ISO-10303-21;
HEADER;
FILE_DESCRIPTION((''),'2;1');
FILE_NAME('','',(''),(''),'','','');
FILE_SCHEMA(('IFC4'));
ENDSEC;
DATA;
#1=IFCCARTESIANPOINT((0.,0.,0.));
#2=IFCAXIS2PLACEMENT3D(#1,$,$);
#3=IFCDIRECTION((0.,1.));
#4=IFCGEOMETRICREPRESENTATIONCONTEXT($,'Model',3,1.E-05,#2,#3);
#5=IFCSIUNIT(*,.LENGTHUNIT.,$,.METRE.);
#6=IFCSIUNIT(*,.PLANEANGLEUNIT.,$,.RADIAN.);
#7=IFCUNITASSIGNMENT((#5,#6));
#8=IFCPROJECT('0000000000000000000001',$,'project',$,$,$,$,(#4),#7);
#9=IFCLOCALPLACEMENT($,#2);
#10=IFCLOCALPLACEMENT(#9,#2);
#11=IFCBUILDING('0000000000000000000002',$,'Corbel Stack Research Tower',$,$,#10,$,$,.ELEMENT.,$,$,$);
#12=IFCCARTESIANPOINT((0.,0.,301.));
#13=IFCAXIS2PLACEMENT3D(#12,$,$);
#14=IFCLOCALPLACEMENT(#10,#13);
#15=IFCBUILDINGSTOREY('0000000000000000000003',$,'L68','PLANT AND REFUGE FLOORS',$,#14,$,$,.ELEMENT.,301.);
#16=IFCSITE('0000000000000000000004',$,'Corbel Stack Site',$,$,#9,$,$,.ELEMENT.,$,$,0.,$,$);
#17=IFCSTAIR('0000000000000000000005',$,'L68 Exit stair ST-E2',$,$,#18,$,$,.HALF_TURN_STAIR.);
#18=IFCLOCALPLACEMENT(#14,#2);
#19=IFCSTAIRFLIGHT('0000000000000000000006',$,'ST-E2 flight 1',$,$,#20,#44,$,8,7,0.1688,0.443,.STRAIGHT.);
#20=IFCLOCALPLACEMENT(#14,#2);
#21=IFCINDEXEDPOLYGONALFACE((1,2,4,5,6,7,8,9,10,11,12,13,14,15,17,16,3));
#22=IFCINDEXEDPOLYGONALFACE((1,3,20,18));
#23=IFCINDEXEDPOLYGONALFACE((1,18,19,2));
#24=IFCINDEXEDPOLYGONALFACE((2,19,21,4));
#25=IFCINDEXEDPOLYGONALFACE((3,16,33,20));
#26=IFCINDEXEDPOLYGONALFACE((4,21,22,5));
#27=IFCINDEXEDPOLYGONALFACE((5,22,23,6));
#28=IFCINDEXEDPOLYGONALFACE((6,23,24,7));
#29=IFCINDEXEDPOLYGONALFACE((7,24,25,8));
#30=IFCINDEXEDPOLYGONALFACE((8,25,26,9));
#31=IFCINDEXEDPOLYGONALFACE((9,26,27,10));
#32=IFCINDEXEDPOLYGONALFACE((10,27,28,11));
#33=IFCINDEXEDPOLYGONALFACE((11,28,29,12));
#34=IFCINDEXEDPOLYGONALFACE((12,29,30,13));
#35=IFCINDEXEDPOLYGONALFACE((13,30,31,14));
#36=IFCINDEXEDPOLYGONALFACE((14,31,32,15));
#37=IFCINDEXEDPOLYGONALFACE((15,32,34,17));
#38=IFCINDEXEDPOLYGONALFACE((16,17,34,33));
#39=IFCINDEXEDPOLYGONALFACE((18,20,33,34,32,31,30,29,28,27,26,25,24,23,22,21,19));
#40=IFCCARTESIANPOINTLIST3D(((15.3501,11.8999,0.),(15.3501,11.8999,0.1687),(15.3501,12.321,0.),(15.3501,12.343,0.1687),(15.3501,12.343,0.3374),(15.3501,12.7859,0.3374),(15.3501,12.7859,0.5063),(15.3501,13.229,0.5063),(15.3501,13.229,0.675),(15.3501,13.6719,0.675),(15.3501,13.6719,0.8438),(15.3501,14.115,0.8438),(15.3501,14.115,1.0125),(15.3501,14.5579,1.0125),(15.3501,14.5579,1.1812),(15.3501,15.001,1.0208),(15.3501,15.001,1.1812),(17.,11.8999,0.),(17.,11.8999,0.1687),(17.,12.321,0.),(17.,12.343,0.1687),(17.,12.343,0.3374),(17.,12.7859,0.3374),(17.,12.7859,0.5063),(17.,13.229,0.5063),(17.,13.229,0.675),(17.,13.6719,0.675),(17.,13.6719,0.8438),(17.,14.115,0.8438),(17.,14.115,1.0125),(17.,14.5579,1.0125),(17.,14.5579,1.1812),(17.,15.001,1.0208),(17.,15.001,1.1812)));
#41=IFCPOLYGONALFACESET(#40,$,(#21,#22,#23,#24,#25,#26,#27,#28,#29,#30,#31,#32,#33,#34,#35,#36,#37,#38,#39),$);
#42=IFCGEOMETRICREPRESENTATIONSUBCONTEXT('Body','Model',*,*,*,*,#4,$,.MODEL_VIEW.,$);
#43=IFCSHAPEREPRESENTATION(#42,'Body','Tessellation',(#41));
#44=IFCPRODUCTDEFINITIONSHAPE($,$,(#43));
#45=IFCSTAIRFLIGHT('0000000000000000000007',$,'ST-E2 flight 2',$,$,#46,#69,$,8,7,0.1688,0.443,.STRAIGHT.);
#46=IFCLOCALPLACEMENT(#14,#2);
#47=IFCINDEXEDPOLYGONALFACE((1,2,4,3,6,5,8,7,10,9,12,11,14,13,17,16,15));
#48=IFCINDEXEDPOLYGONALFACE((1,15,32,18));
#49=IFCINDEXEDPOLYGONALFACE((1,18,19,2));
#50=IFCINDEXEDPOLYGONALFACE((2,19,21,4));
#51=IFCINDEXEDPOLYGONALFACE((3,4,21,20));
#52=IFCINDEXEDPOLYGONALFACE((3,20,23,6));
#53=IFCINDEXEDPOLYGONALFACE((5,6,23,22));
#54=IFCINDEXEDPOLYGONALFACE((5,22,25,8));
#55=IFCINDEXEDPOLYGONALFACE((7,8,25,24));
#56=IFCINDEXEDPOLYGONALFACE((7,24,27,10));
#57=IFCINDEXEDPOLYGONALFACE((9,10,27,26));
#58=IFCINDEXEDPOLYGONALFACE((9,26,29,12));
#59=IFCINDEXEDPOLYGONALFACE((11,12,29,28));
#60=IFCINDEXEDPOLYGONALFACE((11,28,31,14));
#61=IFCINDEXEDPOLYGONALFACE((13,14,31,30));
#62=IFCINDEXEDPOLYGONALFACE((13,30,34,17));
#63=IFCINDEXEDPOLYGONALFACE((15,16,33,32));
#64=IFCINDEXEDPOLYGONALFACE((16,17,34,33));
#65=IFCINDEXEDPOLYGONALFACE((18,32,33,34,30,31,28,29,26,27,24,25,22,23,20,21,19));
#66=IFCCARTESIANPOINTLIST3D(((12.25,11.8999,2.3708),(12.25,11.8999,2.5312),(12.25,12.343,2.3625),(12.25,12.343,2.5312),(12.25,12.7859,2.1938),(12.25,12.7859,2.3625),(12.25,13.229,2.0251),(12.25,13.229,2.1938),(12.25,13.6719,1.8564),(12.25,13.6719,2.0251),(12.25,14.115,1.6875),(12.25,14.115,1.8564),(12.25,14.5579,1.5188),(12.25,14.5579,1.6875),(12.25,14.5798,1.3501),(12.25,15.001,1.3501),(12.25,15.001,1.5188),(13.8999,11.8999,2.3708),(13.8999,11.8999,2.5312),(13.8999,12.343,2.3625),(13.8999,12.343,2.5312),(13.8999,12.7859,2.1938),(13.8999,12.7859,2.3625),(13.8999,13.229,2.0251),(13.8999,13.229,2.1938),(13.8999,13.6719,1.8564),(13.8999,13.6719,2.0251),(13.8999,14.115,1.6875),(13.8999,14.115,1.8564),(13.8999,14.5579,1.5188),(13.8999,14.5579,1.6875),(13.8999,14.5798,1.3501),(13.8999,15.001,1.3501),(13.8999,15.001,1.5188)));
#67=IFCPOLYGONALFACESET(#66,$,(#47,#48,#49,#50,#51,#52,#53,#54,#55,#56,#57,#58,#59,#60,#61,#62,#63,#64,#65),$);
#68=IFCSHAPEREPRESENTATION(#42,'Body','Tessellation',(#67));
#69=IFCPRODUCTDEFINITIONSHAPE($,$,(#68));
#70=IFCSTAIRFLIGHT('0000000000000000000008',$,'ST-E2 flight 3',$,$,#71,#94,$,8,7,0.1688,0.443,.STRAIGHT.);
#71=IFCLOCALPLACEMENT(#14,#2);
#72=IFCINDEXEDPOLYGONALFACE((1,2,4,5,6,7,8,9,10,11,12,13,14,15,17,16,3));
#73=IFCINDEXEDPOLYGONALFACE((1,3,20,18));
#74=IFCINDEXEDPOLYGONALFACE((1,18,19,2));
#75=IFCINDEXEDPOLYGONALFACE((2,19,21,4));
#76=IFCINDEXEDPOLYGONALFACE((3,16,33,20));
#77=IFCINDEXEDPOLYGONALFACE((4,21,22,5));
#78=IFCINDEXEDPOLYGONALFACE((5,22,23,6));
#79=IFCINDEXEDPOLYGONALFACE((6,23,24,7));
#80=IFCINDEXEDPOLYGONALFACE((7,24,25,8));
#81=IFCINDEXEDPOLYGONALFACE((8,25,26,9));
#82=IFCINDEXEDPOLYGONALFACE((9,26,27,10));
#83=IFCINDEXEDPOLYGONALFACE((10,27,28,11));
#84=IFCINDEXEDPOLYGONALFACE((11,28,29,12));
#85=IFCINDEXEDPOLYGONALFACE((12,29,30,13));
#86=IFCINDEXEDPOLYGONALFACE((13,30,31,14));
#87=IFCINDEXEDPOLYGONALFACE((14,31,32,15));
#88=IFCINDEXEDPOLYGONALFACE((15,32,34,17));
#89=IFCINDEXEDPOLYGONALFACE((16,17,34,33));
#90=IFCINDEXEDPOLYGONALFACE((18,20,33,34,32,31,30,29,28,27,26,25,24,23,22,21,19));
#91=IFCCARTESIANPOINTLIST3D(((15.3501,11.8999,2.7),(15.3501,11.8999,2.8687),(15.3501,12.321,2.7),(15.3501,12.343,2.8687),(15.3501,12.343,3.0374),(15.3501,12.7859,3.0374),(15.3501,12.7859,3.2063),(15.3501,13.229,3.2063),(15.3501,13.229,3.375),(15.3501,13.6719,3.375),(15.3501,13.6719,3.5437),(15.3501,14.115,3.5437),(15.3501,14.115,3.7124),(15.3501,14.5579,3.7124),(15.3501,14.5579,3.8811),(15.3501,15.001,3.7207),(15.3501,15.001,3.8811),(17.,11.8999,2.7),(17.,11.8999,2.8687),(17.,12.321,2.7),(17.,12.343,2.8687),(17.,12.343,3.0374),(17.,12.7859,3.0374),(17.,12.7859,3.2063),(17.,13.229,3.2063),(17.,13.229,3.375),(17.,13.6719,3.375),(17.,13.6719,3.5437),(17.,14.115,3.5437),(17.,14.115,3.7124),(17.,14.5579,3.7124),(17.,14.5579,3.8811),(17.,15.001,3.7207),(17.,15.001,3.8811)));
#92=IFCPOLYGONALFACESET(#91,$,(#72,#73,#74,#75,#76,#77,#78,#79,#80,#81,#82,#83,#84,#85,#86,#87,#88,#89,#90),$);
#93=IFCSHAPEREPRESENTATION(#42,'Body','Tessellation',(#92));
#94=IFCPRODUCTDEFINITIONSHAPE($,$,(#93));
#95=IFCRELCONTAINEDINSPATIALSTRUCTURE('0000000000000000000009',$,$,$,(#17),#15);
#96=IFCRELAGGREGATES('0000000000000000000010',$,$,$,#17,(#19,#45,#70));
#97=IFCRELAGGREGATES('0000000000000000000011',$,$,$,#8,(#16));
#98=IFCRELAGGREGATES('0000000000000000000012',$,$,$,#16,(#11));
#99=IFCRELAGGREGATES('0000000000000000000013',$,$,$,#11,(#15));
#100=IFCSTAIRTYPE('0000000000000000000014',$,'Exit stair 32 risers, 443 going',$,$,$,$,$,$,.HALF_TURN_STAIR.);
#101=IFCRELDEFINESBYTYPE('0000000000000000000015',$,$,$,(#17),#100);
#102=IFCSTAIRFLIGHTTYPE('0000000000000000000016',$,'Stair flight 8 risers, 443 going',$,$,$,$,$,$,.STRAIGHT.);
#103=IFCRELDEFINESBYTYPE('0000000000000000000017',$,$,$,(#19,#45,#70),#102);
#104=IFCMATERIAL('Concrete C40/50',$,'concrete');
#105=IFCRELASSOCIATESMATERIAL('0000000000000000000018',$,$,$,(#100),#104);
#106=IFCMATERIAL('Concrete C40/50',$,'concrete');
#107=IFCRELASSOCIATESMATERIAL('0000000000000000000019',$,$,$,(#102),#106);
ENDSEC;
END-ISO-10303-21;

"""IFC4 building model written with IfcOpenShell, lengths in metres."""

from ifc_helpers import new_model, si_unit, direction, frame, origin, place, context, subcontext, project, spatial, polyline, outline, extrude, material, type_object, element, aggregate, save


model = new_model("IFC4")

# Units and contexts
model_context = context("Model", 3, precision=1e-05, world=origin(), true_north=direction((0.0, 1.0)))
body_context = subcontext(model_context, "Body", "Model", "MODEL_VIEW")
ifc_project = project(units=[si_unit("LENGTHUNIT", "METRE"), si_unit("PLANEANGLEUNIT", "RADIAN")], contexts=[model_context])

# Site, building, storey
site_placement = place(None, origin())
site = spatial("IfcSite", under=ifc_project, at=site_placement, Name="Corbel Stack Site", CompositionType="ELEMENT", RefElevation=0.0)
building_placement = place(site_placement, origin())
building = spatial("IfcBuilding", under=site, at=building_placement, Name="Corbel Stack Research Tower", CompositionType="ELEMENT")
storey_placement = place(building_placement, frame((0.0, 0.0, 301.0)))
storey = spatial("IfcBuildingStorey", under=building, at=storey_placement, Name="L68", Description="PLANT AND REFUGE FLOORS", CompositionType="ELEMENT", Elevation=301.0)

# Stair, stair flights
ifc_material_1 = material(Name="Concrete C40/50", Category="concrete")
stair_type = type_object("IfcStairType", Name="Exit stair 32 risers, 443 going", PredefinedType="HALF_TURN_STAIR", material=ifc_material_1)
stair_placement = place(storey_placement, origin())
stair = element("IfcStair", 1, at=stair_placement, inside=storey, type_object=stair_type, Name="L68 Exit stair ST-E2", PredefinedType="HALF_TURN_STAIR")
ifc_material_2 = material(Name="Concrete C40/50", Category="concrete")
stair_flight_type = type_object("IfcStairFlightType", Name="Stair flight 8 risers, 443 going", PredefinedType="STRAIGHT", material=ifc_material_2)
stair_flight_1_placement = place(storey_placement, frame((16.175, 11.8999, 0.0), z_axis=(0.0, 0.0, 1.0), x_axis=(0.0, 1.0, 0.0)))
stair_flight_1 = element("IfcStairFlight", 2, at=stair_flight_1_placement, type_object=stair_flight_type, Name="ST-E2 flight 1", NumberOfRisers=8, NumberOfTreads=7, PredefinedType="STRAIGHT", RiserHeight=0.1688, TreadLength=0.443, context=body_context, shape_type="SweptSolid", body=[
    extrude(outline(polyline([(0.0, 0.0), (0.0, 0.1687), (0.4431, 0.1687), (0.4431, 0.3374), (0.886, 0.3374), (0.886, 0.5063), (1.3291, 0.5063), (1.3291, 0.675), (1.772, 0.675), (1.772, 0.8438), (2.2151, 0.8438), (2.2151, 1.0125), (2.658, 1.0125), (2.658, 1.1812), (3.1011, 1.1812), (3.1011, 1.3501), (3.1011, 1.0208), (0.4211, 0.0), (0.0, 0.0)])), frame((0.0, 0.825, 0.0), z_axis=(0.0, -1.0, 0.0), x_axis=(1.0, 0.0, 0.0)), (0.0, 0.0, 1.0), 1.6499),
])
stair_flight_2_placement = place(storey_placement, frame((13.075, 15.001, 1.3501), z_axis=(0.0, 0.0, 1.0), x_axis=(0.0, -1.0, 0.0)))
stair_flight_2 = element("IfcStairFlight", 3, at=stair_flight_2_placement, type_object=stair_flight_type, Name="ST-E2 flight 2", NumberOfRisers=8, NumberOfTreads=7, PredefinedType="STRAIGHT", RiserHeight=0.1688, TreadLength=0.443, context=body_context, shape_type="SweptSolid", body=[
    extrude(outline(polyline([(0.0, 0.0), (0.0, 0.1687), (0.4431, 0.1687), (0.4431, 0.3374), (0.886, 0.3374), (0.886, 0.5063), (1.3291, 0.5063), (1.3291, 0.675), (1.772, 0.675), (1.772, 0.8438), (2.2151, 0.8438), (2.2151, 1.0125), (2.658, 1.0125), (2.658, 1.1812), (3.1011, 1.1812), (3.1011, 1.3501), (3.1011, 1.0208), (0.4211, 0.0), (0.0, 0.0)])), frame((0.0, 0.825, 0.0), z_axis=(0.0, -1.0, 0.0), x_axis=(1.0, 0.0, 0.0)), (0.0, 0.0, 1.0), 1.6499),
])
stair_flight_3_placement = place(storey_placement, frame((16.175, 11.8999, 2.7), z_axis=(0.0, 0.0, 1.0), x_axis=(0.0, 1.0, 0.0)))
stair_flight_3 = element("IfcStairFlight", 4, at=stair_flight_3_placement, type_object=stair_flight_type, Name="ST-E2 flight 3", NumberOfRisers=8, NumberOfTreads=7, PredefinedType="STRAIGHT", RiserHeight=0.1688, TreadLength=0.443, context=body_context, shape_type="SweptSolid", body=[
    extrude(outline(polyline([(0.0, 0.0), (0.0, 0.1687), (0.4431, 0.1687), (0.4431, 0.3374), (0.886, 0.3374), (0.886, 0.5063), (1.3291, 0.5063), (1.3291, 0.675), (1.772, 0.675), (1.772, 0.8438), (2.2151, 0.8438), (2.2151, 1.0125), (2.658, 1.0125), (2.658, 1.1812), (3.1011, 1.1812), (3.1011, 1.3501), (3.1011, 1.0208), (0.4211, 0.0), (0.0, 0.0)])), frame((0.0, 0.825, 0.0), z_axis=(0.0, -1.0, 0.0), x_axis=(1.0, 0.0, 0.0)), (0.0, 0.0, 1.0), 1.6499),
])
aggregate(stair, [stair_flight_1, stair_flight_2, stair_flight_3])

save(model, "model.ifc")
